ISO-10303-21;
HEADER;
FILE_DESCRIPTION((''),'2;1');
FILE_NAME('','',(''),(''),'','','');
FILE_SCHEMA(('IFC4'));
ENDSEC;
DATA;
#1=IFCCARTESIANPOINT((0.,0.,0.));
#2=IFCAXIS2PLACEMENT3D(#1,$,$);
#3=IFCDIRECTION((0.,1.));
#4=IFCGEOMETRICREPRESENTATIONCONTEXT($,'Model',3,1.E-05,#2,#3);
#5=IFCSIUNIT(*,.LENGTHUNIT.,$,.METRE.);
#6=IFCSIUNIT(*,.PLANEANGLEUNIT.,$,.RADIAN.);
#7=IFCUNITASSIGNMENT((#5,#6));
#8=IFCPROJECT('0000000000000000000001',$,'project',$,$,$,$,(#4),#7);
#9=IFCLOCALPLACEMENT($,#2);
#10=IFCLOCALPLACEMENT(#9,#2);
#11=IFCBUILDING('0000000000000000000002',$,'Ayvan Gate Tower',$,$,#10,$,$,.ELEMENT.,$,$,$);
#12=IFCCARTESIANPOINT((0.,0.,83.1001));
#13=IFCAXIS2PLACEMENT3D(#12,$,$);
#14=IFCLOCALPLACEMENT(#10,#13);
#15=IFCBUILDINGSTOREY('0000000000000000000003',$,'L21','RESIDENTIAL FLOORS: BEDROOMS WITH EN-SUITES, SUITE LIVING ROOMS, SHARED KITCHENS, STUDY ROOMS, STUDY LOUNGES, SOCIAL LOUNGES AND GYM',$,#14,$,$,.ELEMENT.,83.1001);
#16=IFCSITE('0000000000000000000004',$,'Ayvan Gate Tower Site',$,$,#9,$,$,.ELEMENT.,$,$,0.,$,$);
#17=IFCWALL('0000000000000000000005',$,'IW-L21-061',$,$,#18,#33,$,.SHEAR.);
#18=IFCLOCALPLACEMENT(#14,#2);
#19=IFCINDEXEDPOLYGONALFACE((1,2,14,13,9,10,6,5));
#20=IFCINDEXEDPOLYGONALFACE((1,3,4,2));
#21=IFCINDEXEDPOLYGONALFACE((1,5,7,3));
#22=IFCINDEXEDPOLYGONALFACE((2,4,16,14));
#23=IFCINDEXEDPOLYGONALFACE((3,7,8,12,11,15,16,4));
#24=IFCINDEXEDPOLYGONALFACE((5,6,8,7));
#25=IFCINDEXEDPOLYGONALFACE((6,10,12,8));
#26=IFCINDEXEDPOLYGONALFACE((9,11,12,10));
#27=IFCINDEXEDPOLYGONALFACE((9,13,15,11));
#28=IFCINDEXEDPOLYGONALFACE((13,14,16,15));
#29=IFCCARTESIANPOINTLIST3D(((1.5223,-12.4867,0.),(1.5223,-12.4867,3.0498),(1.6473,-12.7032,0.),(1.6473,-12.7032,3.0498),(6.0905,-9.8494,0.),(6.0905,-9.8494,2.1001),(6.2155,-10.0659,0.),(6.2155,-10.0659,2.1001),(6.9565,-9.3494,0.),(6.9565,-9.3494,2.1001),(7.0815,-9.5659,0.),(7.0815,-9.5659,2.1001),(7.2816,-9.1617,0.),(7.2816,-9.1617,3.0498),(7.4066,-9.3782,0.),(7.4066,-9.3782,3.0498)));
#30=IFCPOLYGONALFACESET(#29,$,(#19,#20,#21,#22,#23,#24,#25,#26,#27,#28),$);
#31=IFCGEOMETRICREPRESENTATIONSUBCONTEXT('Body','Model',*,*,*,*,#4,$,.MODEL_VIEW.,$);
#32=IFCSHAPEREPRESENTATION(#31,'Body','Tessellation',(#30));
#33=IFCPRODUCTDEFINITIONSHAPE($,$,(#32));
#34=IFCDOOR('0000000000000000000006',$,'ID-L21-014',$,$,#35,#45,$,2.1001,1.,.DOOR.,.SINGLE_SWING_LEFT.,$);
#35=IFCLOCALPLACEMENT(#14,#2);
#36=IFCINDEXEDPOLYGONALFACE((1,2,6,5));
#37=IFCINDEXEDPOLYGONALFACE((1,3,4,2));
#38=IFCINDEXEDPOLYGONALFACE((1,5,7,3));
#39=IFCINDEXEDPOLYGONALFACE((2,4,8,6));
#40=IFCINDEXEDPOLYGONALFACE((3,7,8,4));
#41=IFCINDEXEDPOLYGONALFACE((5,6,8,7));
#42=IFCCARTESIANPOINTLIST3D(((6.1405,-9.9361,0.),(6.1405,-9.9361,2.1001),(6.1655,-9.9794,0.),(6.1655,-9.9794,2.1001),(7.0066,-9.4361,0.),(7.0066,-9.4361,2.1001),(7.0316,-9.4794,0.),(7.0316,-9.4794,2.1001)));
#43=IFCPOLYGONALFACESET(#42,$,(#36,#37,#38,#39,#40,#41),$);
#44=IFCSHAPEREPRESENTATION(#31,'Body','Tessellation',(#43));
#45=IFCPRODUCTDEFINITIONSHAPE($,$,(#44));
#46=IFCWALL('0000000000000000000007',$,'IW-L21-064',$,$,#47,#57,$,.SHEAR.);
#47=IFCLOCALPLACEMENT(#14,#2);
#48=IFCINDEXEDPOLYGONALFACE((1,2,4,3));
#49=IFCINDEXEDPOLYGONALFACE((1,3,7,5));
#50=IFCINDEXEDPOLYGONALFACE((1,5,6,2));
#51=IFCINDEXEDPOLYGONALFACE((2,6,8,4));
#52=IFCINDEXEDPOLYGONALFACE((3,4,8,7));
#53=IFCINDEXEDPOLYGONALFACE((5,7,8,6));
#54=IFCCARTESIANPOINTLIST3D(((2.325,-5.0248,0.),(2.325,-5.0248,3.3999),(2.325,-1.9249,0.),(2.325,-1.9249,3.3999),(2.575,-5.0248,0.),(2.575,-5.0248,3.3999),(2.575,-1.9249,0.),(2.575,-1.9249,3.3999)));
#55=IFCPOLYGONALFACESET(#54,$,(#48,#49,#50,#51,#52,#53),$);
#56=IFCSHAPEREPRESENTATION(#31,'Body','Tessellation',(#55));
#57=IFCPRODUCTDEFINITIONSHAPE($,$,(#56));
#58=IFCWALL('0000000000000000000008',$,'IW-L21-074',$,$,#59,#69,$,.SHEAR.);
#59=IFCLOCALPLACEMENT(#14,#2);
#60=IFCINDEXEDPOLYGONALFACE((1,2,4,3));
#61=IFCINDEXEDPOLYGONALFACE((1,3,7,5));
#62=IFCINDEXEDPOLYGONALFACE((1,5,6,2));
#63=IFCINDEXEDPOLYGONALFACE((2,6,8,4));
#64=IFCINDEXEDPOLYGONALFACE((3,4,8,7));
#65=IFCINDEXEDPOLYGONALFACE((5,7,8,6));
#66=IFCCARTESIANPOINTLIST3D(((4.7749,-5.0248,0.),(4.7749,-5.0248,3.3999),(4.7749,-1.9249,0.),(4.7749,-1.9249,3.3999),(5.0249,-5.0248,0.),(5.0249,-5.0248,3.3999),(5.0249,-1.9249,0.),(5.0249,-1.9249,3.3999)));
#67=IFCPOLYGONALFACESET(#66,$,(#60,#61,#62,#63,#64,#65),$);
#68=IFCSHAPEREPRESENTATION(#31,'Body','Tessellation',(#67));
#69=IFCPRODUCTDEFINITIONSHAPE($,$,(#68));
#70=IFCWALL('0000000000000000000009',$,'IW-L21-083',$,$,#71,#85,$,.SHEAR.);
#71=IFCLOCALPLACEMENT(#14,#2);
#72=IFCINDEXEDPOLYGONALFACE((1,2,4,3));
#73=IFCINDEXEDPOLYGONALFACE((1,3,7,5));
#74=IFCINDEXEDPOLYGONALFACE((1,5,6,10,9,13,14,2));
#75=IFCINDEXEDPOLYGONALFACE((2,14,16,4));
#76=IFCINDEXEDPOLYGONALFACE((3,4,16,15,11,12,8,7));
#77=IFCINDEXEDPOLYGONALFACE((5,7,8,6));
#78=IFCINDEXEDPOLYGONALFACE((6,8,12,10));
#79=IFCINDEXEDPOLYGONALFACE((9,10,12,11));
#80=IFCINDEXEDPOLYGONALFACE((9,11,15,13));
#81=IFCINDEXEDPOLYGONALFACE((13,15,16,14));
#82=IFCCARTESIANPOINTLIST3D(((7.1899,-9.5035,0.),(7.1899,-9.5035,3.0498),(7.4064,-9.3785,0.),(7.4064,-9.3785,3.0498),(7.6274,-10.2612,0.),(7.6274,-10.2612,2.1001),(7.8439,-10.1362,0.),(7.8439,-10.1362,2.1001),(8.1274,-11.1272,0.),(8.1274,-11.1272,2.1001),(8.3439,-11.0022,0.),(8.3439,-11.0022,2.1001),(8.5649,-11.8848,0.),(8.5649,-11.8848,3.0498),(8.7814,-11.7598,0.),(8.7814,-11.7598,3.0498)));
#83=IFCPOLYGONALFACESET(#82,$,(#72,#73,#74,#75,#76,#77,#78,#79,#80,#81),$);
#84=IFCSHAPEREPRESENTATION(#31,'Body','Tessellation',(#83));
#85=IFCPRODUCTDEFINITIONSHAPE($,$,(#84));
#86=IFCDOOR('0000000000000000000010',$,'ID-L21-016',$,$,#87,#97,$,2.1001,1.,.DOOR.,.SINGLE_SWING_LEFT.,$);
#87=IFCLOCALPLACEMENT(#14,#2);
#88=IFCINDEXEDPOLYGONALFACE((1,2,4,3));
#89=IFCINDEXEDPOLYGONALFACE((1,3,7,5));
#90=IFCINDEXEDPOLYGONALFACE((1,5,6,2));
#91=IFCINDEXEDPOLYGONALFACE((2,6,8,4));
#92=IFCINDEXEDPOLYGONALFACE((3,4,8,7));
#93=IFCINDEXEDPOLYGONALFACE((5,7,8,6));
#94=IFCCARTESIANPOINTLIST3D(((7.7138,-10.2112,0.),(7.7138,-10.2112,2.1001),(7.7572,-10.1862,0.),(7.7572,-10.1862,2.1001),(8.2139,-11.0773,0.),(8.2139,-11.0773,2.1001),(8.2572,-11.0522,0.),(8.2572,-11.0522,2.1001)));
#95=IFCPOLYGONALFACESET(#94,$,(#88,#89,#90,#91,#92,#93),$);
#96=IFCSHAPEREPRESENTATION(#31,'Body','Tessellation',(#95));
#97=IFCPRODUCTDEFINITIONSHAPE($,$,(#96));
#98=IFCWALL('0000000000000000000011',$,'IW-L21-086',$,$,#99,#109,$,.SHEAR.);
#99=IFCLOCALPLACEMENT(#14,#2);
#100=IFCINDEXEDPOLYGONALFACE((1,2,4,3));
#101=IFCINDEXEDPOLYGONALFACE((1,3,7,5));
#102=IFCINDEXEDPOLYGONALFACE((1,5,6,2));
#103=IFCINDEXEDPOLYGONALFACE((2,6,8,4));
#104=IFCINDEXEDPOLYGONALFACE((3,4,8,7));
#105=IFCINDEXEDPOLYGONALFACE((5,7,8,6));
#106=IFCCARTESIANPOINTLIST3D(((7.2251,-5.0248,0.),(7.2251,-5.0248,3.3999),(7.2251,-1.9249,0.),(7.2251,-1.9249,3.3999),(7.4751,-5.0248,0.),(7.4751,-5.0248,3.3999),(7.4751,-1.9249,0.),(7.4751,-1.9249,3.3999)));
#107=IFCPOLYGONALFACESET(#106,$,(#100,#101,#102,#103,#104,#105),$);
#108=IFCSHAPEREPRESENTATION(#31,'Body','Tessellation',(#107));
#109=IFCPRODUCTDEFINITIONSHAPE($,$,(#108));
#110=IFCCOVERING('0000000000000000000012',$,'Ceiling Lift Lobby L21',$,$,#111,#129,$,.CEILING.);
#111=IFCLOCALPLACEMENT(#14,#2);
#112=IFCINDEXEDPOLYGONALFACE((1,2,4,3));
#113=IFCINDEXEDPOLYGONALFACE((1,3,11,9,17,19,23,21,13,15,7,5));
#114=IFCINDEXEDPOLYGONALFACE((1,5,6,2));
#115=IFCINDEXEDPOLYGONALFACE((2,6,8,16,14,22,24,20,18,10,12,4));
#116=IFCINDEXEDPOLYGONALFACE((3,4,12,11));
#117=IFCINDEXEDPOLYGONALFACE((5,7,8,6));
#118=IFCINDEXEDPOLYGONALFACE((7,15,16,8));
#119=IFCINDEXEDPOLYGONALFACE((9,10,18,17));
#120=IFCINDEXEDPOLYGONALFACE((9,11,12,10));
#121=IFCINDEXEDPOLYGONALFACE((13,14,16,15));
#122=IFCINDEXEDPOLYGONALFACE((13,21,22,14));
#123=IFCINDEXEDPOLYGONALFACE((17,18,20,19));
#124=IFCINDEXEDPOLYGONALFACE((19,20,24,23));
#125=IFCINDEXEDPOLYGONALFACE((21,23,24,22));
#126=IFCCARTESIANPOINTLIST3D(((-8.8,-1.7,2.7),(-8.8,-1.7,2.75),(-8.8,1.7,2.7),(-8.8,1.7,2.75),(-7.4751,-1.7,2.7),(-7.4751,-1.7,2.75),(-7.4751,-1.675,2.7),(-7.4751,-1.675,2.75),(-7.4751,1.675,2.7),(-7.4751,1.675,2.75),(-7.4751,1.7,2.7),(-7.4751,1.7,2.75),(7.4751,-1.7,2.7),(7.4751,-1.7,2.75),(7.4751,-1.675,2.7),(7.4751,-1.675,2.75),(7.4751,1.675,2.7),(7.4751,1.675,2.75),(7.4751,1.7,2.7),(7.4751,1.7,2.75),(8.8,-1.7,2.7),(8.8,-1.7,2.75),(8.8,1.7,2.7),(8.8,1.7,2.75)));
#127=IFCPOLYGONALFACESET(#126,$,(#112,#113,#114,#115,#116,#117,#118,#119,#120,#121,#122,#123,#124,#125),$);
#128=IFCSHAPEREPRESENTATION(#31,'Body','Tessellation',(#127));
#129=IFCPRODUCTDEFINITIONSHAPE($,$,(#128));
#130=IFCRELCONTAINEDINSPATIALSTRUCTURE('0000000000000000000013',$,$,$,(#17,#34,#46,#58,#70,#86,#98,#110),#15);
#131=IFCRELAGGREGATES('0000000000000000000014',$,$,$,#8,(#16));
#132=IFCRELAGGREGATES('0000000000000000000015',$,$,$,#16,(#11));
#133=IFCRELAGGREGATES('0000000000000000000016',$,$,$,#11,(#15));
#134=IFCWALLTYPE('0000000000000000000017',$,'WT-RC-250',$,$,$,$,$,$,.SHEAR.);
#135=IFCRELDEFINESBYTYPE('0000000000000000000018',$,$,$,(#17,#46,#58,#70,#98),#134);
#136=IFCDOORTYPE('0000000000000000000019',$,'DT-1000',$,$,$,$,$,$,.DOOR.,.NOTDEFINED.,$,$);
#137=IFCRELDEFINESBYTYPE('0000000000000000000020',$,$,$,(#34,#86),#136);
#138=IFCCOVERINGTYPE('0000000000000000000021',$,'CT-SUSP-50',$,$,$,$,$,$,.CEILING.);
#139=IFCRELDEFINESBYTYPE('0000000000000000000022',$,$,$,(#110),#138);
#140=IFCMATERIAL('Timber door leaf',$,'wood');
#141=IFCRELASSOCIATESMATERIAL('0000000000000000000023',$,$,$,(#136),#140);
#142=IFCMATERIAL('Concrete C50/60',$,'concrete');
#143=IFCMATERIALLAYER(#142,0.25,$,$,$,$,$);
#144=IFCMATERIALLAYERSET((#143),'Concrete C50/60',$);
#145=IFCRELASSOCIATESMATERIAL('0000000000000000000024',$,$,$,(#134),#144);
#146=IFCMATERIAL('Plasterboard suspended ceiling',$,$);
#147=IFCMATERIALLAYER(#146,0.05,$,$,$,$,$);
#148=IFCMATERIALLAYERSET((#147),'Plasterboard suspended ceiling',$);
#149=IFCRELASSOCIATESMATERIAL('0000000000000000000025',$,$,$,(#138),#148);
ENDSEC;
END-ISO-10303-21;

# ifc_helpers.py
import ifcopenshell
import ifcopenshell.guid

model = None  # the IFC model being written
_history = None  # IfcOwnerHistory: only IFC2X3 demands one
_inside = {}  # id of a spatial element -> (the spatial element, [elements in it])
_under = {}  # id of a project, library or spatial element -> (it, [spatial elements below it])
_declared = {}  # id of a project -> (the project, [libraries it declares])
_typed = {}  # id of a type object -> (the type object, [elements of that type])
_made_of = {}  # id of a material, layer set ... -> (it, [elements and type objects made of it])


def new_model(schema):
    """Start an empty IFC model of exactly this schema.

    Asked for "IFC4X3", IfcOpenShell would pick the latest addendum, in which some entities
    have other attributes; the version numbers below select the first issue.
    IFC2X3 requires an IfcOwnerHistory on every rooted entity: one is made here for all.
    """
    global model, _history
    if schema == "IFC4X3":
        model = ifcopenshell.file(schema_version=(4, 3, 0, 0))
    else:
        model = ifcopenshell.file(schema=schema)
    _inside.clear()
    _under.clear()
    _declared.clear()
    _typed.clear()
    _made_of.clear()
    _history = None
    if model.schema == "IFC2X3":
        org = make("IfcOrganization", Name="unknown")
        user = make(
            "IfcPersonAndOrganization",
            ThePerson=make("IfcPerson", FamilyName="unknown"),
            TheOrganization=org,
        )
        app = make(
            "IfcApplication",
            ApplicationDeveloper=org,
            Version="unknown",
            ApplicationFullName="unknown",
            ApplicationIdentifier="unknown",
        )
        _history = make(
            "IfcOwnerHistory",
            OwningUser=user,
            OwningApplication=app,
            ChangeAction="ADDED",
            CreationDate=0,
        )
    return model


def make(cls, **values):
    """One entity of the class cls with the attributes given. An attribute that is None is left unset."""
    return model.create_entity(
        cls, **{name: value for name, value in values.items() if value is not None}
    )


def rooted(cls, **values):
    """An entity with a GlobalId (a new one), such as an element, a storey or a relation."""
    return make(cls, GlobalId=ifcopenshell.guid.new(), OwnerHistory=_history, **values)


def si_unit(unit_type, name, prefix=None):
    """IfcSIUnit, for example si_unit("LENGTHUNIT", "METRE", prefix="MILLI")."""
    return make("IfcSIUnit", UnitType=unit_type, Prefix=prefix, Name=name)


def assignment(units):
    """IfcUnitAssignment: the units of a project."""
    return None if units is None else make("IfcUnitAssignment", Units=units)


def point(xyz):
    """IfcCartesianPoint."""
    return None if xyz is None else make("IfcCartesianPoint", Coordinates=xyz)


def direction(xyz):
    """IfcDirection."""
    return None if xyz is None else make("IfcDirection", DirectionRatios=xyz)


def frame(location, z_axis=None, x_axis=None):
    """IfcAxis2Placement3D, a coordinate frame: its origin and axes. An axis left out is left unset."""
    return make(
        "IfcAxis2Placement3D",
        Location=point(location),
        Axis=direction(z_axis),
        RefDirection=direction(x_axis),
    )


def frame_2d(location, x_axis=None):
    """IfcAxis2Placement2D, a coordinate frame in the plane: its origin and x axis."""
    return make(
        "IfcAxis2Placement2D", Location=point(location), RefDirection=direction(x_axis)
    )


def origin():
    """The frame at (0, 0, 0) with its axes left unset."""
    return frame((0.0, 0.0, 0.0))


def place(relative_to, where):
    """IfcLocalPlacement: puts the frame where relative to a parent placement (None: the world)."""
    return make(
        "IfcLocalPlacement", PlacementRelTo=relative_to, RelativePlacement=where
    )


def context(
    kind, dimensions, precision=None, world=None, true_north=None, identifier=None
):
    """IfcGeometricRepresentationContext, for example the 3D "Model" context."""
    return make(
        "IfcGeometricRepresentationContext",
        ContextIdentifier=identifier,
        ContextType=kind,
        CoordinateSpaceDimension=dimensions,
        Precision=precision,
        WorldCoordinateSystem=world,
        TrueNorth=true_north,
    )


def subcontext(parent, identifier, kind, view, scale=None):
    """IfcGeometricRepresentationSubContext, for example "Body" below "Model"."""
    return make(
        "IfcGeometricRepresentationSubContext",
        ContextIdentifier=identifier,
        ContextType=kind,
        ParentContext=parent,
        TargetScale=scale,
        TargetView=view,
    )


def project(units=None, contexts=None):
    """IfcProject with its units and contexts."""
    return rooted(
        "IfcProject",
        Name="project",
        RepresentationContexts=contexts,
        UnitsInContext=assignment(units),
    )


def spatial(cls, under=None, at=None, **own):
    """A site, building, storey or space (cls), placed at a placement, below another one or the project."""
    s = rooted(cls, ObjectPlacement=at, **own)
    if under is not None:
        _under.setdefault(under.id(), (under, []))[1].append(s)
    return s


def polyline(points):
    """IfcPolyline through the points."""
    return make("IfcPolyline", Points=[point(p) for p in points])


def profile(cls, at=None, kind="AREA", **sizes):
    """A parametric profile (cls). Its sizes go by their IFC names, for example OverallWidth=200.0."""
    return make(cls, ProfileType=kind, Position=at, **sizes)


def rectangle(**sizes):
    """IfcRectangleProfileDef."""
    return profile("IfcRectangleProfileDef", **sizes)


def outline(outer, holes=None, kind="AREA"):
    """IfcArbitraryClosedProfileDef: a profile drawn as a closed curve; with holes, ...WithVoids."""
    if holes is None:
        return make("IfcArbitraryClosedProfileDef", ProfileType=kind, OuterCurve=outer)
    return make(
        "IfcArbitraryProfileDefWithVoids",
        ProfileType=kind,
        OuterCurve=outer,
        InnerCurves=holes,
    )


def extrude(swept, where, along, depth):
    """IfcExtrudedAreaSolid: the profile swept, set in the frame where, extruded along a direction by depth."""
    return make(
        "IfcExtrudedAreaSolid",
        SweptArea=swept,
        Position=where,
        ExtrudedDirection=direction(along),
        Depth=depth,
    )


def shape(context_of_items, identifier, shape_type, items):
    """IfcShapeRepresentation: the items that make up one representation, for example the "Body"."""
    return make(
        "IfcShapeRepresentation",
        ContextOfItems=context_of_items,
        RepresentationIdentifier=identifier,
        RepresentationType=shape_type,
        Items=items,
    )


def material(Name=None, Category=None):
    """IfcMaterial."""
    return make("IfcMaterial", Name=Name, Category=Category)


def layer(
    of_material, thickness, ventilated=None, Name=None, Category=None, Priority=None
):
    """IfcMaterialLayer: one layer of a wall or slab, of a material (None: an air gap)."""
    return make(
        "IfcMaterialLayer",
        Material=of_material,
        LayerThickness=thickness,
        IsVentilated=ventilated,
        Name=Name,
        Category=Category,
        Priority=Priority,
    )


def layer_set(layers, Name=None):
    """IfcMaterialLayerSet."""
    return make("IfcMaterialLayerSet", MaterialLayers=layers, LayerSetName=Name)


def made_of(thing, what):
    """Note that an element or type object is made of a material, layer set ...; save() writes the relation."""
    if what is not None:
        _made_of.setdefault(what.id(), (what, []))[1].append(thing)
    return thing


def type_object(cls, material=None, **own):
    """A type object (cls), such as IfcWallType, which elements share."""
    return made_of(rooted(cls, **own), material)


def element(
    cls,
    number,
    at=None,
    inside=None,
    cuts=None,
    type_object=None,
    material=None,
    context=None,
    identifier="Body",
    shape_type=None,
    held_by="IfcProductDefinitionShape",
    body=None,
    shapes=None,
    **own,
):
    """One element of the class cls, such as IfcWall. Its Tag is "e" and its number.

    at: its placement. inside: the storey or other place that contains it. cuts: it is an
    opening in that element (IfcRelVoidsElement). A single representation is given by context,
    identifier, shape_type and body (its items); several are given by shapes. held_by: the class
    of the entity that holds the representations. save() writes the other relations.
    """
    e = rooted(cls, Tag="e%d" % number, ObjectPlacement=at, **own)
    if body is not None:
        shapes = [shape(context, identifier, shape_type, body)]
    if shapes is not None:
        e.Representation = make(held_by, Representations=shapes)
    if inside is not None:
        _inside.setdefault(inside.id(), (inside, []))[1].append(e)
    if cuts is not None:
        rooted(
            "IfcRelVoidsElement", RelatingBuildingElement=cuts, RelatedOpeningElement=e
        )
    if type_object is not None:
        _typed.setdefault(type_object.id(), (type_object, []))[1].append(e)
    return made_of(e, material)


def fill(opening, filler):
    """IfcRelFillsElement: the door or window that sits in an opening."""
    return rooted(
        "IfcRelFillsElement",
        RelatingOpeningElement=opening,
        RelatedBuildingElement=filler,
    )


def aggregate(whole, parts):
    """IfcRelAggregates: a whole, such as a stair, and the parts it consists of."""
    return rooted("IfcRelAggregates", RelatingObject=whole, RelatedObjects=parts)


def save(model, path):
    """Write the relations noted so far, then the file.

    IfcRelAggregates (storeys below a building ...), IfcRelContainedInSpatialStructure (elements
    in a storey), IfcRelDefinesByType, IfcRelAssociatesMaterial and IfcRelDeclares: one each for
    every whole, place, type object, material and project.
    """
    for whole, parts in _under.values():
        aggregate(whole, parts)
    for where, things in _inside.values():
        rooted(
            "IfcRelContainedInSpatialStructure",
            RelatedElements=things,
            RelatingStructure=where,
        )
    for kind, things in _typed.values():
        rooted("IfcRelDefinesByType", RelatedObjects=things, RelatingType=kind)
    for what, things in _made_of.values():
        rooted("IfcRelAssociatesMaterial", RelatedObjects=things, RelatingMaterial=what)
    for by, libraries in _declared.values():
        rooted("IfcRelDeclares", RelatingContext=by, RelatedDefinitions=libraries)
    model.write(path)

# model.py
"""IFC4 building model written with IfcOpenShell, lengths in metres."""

from ifc_helpers import new_model, si_unit, direction, frame, frame_2d, origin, place, context, subcontext, project, spatial, polyline, rectangle, outline, extrude, material, layer, layer_set, type_object, element, fill, save


model = new_model("IFC4")

# Units and contexts
model_context = context("Model", 3, precision=1e-05, world=origin(), true_north=direction((0.0, 1.0)))
body_context = subcontext(model_context, "Body", "Model", "MODEL_VIEW")
ifc_project = project(units=[si_unit("LENGTHUNIT", "METRE"), si_unit("PLANEANGLEUNIT", "RADIAN")], contexts=[model_context])

# Site, building, storey
site_placement = place(None, origin())
site = spatial("IfcSite", under=ifc_project, at=site_placement, Name="Ayvan Gate Tower Site", CompositionType="ELEMENT", RefElevation=0.0)
building_placement = place(site_placement, origin())
building = spatial("IfcBuilding", under=site, at=building_placement, Name="Ayvan Gate Tower", CompositionType="ELEMENT")
storey_placement = place(building_placement, frame((0.0, 0.0, 83.1001)))
storey = spatial("IfcBuildingStorey", under=building, at=storey_placement, Name="L21", Description="RESIDENTIAL FLOORS: BEDROOMS WITH EN-SUITES, SUITE LIVING ROOMS, SHARED KITCHENS, STUDY ROOMS, STUDY LOUNGES, SOCIAL LOUNGES AND GYM", CompositionType="ELEMENT", Elevation=83.1001)

# Shared definitions
ifc_material_1 = material(Name="Timber door leaf", Category="wood")
door_type_1 = type_object("IfcDoorType", Name="DT-1000", OperationType="NOTDEFINED", PredefinedType="DOOR", material=ifc_material_1)

# Shared definitions
ifc_material_2 = material(Name="Concrete C50/60", Category="concrete")
ifc_layer_1 = layer(ifc_material_2, 0.25)
ifc_layer_set_1 = layer_set([ifc_layer_1], Name="Concrete C50/60")
wall_type_1 = type_object("IfcWallType", Name="WT-RC-250", PredefinedType="SHEAR", material=ifc_layer_set_1)

# Wall, opening, door
wall_1_placement = place(storey_placement, frame((1.5847, -12.595, 0.0), z_axis=(0.0, 0.0, 1.0), x_axis=(0.866036, 0.499981, 0.0)))
wall_1 = element("IfcWall", 1, at=wall_1_placement, inside=storey, type_object=wall_type_1, Name="IW-L21-061", PredefinedType="SHEAR", context=body_context, shape_type="SweptSolid", body=[
    extrude(rectangle(XDim=6.6501, YDim=0.25, at=frame_2d((3.3252, 0.0))), origin(), (0.0, 0.0, 1.0), 3.0498),
])
opening_1_placement = place(wall_1_placement, frame((5.2749, 0.0, 0.0)))
opening_1 = element("IfcOpeningElement", 2, at=opening_1_placement, cuts=wall_1, PredefinedType="OPENING", context=body_context, shape_type="SweptSolid", body=[
    extrude(rectangle(XDim=1.0, YDim=2.1001, at=frame_2d((0.5, 1.05))), frame((0.0, 0.135, 0.0), z_axis=(0.0, -1.0, 0.0), x_axis=(1.0, 0.0, 0.0)), (0.0, 0.0, 1.0), 0.27),
])
door_1_placement = place(opening_1_placement, origin())
door_1 = element("IfcDoor", 3, at=door_1_placement, inside=storey, type_object=door_type_1, Name="ID-L21-014", OperationType="SINGLE_SWING_LEFT", OverallHeight=2.1001, OverallWidth=1.0, PredefinedType="DOOR", context=body_context, shape_type="SweptSolid", body=[
    extrude(rectangle(XDim=1.0, YDim=2.1001, at=frame_2d((0.5, 1.05))), frame((0.0, 0.0249, 0.0), z_axis=(0.0, -1.0, 0.0), x_axis=(1.0, 0.0, 0.0)), (0.0, 0.0, 1.0), 0.05),
])
fill(opening_1, door_1)

# Walls
for number, where, z_axis, x_axis, name in (
    (4, (2.45, -1.925, 0.0), (0.0, 0.0, 1.0), (0.0, -1.0, 0.0), "IW-L21-064"),
    (5, (4.8999, -1.925, 0.0), (0.0, 0.0, 1.0), (0.0, -1.0, 0.0), "IW-L21-074"),
):
    element("IfcWall", number, at=place(storey_placement, frame(where, z_axis=z_axis, x_axis=x_axis)), inside=storey, type_object=wall_type_1, Name=name, PredefinedType="SHEAR", context=body_context, shape_type="SweptSolid", body=[
        extrude(rectangle(XDim=3.0999, YDim=0.25, at=frame_2d((1.5498, 0.0))), origin(), (0.0, 0.0, 1.0), 3.3999),
    ])

# Wall, opening, door
wall_2_placement = place(storey_placement, frame((7.2981, -9.4409, 0.0), z_axis=(0.0, 0.0, 1.0), x_axis=(0.500035, -0.866005, 0.0)))
wall_2 = element("IfcWall", 6, at=wall_2_placement, inside=storey, type_object=wall_type_1, Name="IW-L21-083", PredefinedType="SHEAR", context=body_context, shape_type="SweptSolid", body=[
    extrude(rectangle(XDim=2.7498, YDim=0.25, at=frame_2d((1.375, 0.0))), origin(), (0.0, 0.0, 1.0), 3.0498),
])
opening_2_placement = place(wall_2_placement, frame((0.875, 0.0, 0.0)))
opening_2 = element("IfcOpeningElement", 7, at=opening_2_placement, cuts=wall_2, PredefinedType="OPENING", context=body_context, shape_type="SweptSolid", body=[
    extrude(rectangle(XDim=1.0, YDim=2.1001, at=frame_2d((0.5, 1.05))), frame((0.0, 0.135, 0.0), z_axis=(0.0, -1.0, 0.0), x_axis=(1.0, 0.0, 0.0)), (0.0, 0.0, 1.0), 0.27),
])
door_2_placement = place(opening_2_placement, origin())
door_2 = element("IfcDoor", 8, at=door_2_placement, inside=storey, type_object=door_type_1, Name="ID-L21-016", OperationType="SINGLE_SWING_LEFT", OverallHeight=2.1001, OverallWidth=1.0, PredefinedType="DOOR", context=body_context, shape_type="SweptSolid", body=[
    extrude(rectangle(XDim=1.0, YDim=2.1001, at=frame_2d((0.5, 1.05))), frame((0.0, 0.0249, 0.0), z_axis=(0.0, -1.0, 0.0), x_axis=(1.0, 0.0, 0.0)), (0.0, 0.0, 1.0), 0.05),
])
fill(opening_2, door_2)

# Wall
wall_3_placement = place(storey_placement, frame((7.3501, -1.925, 0.0), z_axis=(0.0, 0.0, 1.0), x_axis=(0.0, -1.0, 0.0)))
element("IfcWall", 9, at=wall_3_placement, inside=storey, type_object=wall_type_1, Name="IW-L21-086", PredefinedType="SHEAR", context=body_context, shape_type="SweptSolid", body=[
    extrude(rectangle(XDim=3.0999, YDim=0.25, at=frame_2d((1.5498, 0.0))), origin(), (0.0, 0.0, 1.0), 3.3999),
])

# Covering
ifc_material_3 = material(Name="Plasterboard suspended ceiling")
ifc_layer_2 = layer(ifc_material_3, 0.05)
ifc_layer_set_2 = layer_set([ifc_layer_2], Name="Plasterboard suspended ceiling")
covering_type = type_object("IfcCoveringType", Name="CT-SUSP-50", PredefinedType="CEILING", material=ifc_layer_set_2)
covering_placement = place(storey_placement, frame((0.0, 0.0, 2.7)))
element("IfcCovering", 10, at=covering_placement, inside=storey, type_object=covering_type, Name="Ceiling Lift Lobby L21", PredefinedType="CEILING", context=body_context, shape_type="SweptSolid", body=[
    extrude(outline(polyline([(7.4751, -1.675), (-7.4751, -1.675), (-7.4751, -1.7), (-8.8, -1.7), (-8.8, 1.7), (-7.4751, 1.7), (-7.4751, 1.675), (7.4751, 1.675), (7.4751, 1.7), (8.8, 1.7), (8.8, -1.7), (7.4751, -1.7), (7.4751, -1.675)])), origin(), (0.0, 0.0, 1.0), 0.05),
])

save(model, "model.ifc")
